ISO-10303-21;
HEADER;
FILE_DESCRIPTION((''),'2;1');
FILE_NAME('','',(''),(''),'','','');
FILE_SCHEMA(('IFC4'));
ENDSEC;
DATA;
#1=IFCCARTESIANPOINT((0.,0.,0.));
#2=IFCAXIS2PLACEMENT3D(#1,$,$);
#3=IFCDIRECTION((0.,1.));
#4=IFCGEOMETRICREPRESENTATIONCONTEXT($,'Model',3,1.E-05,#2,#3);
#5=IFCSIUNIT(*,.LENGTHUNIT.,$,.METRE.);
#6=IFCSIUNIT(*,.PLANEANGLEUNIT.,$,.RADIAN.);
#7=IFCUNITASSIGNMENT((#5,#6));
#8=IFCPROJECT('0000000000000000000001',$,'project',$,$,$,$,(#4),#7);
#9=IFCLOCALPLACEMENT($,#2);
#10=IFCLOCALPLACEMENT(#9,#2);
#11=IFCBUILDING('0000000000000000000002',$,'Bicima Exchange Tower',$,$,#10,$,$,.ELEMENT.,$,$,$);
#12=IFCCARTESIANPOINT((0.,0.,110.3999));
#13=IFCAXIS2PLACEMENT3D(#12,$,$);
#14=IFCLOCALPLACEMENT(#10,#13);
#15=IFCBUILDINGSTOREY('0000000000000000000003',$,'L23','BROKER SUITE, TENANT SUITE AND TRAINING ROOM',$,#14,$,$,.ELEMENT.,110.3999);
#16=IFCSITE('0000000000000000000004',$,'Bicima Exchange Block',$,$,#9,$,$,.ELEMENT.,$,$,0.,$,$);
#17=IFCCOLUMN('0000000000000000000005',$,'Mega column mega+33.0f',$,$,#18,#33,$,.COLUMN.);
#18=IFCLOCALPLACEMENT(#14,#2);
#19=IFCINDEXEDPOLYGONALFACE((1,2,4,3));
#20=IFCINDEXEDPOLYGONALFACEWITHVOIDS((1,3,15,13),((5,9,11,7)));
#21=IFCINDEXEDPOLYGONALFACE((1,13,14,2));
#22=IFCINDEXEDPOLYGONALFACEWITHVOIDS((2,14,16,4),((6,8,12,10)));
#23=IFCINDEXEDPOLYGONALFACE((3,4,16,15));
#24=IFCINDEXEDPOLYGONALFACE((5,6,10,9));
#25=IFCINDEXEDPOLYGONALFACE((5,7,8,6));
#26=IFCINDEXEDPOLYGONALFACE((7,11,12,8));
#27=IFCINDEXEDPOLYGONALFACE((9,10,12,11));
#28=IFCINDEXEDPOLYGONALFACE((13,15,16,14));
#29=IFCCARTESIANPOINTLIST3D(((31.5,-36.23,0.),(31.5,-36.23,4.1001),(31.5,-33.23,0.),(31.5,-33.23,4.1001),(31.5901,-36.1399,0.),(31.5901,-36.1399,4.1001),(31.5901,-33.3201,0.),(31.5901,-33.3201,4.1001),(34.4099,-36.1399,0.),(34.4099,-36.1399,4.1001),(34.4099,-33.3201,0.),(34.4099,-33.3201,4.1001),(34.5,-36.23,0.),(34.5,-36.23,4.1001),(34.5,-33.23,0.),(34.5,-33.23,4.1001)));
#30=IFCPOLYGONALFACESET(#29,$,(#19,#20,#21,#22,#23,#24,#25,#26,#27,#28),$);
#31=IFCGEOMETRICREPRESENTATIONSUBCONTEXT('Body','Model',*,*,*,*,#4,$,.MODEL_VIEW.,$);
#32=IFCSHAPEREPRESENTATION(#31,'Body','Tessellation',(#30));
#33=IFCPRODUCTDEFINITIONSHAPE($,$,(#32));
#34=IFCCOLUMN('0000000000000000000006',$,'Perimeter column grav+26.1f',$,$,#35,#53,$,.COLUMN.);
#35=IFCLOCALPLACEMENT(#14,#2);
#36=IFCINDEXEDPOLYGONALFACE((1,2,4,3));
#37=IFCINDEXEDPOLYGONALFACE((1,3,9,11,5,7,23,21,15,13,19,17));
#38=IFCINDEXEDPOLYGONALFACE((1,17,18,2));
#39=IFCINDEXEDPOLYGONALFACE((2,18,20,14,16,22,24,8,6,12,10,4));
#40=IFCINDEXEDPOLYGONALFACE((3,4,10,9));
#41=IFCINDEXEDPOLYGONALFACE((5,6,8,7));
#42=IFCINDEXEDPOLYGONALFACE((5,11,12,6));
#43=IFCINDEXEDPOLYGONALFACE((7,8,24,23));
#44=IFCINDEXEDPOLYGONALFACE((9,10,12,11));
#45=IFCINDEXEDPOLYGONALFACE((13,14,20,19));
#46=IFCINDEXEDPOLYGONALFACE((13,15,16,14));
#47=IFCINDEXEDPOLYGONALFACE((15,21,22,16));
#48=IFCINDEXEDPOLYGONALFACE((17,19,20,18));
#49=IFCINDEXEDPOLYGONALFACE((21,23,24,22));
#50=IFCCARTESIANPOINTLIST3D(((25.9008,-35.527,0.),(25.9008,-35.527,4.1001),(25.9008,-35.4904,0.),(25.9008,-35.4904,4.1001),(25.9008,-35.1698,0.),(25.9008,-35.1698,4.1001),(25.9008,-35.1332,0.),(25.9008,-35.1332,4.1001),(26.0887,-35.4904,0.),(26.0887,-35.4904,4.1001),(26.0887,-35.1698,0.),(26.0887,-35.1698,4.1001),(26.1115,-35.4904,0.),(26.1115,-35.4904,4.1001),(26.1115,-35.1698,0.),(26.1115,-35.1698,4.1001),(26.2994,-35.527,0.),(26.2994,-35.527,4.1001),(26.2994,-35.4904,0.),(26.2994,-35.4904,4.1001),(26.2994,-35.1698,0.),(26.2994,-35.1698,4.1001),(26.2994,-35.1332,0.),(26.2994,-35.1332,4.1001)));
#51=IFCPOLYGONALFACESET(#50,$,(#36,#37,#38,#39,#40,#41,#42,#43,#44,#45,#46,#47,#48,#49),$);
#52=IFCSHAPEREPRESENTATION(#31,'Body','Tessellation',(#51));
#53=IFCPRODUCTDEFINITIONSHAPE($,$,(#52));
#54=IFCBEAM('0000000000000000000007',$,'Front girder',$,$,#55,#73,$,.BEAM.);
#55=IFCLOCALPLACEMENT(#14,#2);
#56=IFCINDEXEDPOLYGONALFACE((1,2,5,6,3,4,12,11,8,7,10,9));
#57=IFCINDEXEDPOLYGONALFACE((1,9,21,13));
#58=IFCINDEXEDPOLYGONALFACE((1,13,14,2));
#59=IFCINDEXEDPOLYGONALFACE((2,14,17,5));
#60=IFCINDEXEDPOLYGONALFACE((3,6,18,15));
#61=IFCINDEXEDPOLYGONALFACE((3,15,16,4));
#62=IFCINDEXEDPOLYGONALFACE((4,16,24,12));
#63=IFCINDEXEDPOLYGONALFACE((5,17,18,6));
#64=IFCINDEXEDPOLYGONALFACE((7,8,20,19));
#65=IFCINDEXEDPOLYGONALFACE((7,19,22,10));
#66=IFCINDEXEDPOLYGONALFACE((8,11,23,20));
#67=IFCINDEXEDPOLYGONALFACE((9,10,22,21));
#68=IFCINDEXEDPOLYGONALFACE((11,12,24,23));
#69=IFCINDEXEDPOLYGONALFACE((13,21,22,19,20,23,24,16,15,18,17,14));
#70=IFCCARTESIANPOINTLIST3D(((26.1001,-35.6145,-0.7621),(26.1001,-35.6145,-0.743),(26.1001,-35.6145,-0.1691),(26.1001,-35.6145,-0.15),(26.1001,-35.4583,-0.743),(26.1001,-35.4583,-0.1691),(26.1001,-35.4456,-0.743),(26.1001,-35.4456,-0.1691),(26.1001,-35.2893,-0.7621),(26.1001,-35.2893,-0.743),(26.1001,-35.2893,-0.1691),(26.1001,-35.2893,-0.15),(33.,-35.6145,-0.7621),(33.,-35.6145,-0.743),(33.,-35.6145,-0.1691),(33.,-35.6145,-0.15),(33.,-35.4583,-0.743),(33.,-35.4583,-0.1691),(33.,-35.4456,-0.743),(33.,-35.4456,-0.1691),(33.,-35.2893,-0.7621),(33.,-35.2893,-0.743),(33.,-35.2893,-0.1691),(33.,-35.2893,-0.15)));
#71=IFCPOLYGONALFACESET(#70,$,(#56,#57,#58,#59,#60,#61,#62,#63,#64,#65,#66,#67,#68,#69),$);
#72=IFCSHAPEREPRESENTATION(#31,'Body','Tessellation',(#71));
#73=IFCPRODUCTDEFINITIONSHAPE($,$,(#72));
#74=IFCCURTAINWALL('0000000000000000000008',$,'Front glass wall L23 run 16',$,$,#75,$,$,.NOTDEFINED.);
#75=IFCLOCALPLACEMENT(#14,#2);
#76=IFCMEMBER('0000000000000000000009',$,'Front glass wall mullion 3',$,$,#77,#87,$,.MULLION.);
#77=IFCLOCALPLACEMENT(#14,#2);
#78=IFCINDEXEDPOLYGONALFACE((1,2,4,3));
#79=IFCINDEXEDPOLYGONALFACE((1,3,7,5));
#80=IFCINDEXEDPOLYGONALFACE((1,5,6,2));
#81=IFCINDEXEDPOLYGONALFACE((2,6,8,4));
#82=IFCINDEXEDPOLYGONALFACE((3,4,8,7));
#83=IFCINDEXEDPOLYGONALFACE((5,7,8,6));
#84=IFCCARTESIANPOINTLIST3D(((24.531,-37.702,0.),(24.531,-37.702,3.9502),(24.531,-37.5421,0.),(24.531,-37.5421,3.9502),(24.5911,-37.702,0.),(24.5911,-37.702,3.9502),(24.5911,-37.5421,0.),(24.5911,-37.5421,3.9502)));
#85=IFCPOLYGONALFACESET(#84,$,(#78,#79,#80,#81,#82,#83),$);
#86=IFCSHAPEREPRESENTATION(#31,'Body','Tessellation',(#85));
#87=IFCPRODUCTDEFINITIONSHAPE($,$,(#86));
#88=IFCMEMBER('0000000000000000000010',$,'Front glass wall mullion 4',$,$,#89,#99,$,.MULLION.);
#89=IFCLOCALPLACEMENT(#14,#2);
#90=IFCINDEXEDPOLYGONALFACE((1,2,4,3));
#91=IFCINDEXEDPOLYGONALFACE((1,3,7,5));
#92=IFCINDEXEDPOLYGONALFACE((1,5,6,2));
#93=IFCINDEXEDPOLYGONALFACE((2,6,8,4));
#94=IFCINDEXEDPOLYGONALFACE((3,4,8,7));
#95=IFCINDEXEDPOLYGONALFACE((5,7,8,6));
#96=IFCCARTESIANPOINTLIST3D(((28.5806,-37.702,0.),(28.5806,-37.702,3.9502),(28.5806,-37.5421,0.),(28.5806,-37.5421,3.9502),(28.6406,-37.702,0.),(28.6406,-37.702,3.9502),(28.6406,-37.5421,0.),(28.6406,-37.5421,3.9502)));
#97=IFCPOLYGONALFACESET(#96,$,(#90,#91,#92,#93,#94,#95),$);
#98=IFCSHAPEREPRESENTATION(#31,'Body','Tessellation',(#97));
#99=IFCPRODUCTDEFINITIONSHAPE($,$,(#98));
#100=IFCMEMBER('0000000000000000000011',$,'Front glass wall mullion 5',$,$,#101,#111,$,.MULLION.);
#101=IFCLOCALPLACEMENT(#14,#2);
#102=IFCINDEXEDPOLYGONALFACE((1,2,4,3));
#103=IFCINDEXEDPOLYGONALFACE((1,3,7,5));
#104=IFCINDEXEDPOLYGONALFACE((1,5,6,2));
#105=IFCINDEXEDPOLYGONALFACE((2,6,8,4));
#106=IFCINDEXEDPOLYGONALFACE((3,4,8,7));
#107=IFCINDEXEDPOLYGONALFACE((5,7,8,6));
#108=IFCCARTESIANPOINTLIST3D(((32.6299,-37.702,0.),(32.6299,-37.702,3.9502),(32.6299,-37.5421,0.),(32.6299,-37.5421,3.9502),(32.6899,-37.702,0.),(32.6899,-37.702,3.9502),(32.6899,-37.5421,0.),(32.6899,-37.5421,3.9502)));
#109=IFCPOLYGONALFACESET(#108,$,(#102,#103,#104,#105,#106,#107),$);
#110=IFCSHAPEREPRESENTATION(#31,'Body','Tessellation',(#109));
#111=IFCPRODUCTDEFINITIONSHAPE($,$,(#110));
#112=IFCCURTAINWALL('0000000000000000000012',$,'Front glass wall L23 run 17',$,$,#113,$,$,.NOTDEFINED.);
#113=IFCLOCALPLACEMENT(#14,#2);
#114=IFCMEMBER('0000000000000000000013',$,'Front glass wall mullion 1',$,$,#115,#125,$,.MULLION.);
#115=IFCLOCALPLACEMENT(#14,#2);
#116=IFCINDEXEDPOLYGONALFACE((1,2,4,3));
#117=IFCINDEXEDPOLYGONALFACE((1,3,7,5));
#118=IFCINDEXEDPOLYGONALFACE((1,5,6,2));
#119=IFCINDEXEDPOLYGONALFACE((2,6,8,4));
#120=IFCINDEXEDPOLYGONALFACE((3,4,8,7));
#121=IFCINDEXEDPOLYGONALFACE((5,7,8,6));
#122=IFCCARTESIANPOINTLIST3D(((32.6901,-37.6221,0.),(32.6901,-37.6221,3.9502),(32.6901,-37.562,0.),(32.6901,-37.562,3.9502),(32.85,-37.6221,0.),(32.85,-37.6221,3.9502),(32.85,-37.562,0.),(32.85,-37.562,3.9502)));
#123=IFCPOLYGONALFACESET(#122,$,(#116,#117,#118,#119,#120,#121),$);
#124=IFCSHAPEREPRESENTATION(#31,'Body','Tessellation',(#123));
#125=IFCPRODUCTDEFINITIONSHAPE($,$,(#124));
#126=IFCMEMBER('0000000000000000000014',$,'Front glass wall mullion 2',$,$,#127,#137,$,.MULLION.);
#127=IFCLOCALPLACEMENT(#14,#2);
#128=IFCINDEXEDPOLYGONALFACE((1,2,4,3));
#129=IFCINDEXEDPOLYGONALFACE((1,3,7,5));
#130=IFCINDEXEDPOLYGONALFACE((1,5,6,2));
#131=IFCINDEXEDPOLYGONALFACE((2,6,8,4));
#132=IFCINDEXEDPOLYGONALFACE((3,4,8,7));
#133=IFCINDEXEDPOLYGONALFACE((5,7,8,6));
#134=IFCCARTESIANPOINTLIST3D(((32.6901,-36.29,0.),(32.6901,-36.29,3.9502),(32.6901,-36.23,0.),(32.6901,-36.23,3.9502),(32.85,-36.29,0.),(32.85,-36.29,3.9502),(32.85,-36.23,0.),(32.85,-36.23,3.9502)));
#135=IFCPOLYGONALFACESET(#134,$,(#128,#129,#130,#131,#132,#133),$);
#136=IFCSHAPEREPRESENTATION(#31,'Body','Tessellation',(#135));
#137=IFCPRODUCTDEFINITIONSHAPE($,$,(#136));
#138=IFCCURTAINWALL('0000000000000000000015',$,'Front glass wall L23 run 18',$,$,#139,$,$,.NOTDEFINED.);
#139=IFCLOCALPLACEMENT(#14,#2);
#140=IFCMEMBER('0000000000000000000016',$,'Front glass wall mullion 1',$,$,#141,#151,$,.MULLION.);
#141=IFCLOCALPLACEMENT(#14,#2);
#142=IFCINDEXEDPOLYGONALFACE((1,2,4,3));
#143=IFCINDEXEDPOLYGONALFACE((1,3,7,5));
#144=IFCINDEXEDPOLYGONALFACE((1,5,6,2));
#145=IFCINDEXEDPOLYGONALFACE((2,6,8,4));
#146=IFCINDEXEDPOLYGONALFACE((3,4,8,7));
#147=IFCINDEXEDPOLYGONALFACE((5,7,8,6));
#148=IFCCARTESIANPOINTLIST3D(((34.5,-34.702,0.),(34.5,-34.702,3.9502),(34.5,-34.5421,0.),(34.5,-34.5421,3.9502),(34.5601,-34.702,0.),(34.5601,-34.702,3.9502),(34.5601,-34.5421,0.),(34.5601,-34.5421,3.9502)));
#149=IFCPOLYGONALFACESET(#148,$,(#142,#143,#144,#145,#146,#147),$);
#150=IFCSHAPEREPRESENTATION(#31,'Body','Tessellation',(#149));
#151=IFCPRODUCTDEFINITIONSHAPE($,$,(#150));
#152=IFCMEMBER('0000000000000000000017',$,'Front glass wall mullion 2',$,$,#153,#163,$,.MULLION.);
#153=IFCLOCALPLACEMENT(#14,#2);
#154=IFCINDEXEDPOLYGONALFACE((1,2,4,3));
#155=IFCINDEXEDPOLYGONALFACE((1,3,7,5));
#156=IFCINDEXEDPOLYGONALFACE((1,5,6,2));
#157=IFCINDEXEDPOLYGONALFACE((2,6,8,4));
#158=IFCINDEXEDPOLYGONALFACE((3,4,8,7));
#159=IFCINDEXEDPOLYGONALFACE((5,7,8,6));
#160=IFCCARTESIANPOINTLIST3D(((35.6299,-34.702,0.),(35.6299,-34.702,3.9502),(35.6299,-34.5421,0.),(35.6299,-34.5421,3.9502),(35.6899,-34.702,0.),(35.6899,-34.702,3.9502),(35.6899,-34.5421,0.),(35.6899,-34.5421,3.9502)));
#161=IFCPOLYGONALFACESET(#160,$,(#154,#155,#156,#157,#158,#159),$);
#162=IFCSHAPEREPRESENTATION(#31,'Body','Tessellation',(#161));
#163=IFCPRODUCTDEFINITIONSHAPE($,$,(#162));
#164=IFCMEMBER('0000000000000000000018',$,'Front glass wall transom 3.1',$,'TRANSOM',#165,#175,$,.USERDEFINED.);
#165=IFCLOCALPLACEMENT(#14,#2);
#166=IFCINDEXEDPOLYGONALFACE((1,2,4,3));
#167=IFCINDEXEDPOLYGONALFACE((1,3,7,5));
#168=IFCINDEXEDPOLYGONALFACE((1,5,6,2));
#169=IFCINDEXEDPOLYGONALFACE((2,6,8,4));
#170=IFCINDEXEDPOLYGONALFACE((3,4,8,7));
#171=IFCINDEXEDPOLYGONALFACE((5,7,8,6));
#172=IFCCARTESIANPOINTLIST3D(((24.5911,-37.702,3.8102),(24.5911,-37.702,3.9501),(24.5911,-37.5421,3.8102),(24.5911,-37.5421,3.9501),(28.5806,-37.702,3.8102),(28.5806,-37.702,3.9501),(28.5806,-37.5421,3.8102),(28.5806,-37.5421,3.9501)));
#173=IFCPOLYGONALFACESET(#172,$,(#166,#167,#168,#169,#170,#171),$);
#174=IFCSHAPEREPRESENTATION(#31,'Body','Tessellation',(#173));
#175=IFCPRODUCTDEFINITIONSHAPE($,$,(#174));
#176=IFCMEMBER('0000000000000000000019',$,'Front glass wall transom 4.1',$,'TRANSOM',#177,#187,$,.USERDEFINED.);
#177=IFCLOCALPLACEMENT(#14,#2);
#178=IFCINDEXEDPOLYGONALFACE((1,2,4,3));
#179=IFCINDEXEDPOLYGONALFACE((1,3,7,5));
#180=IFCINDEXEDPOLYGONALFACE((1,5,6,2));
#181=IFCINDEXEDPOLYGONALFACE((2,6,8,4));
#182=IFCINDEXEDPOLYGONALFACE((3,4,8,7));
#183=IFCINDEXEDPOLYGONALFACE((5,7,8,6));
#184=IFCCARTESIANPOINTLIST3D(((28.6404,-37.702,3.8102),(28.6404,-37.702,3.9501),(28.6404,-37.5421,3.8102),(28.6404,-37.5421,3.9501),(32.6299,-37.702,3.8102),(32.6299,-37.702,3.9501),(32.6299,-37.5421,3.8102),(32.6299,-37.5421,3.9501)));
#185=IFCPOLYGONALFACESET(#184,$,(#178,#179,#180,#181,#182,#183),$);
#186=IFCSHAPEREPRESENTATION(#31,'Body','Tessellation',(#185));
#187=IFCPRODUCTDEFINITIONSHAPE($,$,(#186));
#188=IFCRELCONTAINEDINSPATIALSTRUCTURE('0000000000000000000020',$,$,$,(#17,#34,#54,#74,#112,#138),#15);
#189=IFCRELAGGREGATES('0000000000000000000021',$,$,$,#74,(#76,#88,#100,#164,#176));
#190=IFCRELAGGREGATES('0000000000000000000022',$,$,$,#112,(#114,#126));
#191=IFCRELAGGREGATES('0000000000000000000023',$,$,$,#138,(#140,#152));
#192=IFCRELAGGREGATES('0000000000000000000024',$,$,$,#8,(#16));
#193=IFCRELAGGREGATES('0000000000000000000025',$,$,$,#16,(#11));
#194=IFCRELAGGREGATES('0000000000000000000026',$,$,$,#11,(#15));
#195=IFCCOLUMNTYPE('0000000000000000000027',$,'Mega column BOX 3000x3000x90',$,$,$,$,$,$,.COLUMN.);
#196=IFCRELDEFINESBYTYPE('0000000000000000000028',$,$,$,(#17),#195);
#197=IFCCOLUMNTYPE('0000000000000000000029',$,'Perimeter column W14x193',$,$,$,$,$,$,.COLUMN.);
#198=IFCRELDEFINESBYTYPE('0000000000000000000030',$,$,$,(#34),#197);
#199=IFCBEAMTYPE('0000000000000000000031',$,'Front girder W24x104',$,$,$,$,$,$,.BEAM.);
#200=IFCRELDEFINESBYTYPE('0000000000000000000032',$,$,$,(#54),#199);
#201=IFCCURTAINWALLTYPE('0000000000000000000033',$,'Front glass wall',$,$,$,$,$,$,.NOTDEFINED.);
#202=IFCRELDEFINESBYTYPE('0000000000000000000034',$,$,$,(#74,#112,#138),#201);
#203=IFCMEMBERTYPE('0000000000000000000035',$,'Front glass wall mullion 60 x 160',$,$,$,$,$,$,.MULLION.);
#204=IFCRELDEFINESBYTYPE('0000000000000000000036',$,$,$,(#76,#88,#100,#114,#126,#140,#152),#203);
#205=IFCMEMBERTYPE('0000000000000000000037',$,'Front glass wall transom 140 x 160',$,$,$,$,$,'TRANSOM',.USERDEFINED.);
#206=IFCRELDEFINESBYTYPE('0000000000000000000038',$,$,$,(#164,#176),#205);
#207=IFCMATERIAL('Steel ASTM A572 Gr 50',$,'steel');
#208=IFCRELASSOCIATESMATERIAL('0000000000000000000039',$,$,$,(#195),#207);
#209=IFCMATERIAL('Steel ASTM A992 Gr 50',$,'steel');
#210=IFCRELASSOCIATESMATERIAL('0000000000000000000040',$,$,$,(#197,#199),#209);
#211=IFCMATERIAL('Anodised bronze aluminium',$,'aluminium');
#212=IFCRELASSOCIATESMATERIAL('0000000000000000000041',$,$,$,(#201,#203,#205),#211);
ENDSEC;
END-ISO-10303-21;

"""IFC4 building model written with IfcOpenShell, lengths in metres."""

from ifc_helpers import new_model, si_unit, direction, frame, origin, origin_2d, place, context, subcontext, project, spatial, rectangle, hollow_rectangle, i_section, extrude, material, material_profile, profile_set, type_object, element, aggregate, save


model = new_model("IFC4")

# Units and contexts
model_context = context("Model", 3, precision=1e-05, world=origin(), true_north=direction((0.0, 1.0)))
body_context = subcontext(model_context, "Body", "Model", "MODEL_VIEW")
ifc_project = project(units=[si_unit("LENGTHUNIT", "METRE"), si_unit("PLANEANGLEUNIT", "RADIAN")], contexts=[model_context])

# Site, building, storey
site_placement = place(None, origin())
site = spatial("IfcSite", under=ifc_project, at=site_placement, Name="Bicima Exchange Block", CompositionType="ELEMENT", RefElevation=0.0)
building_placement = place(site_placement, origin())
building = spatial("IfcBuilding", under=site, at=building_placement, Name="Bicima Exchange Tower", CompositionType="ELEMENT")
storey_placement = place(building_placement, frame((0.0, 0.0, 110.3999)))
storey = spatial("IfcBuildingStorey", under=building, at=storey_placement, Name="L23", Description="BROKER SUITE, TENANT SUITE AND TRAINING ROOM", CompositionType="ELEMENT", Elevation=110.3999)

# Columns
ifc_material_1 = material(Name="Steel ASTM A572 Gr 50", Category="steel")
ifc_material_profile_1 = material_profile(ifc_material_1, hollow_rectangle(XDim=3.0, YDim=3.0, WallThickness=0.0901, at=origin_2d()))
ifc_profile_set_1 = profile_set([ifc_material_profile_1], Name="Steel ASTM A572 Gr 50")
column_type_1 = type_object("IfcColumnType", Name="Mega column BOX 3000x3000x90", PredefinedType="COLUMN", material=ifc_profile_set_1)
column_1_placement = place(storey_placement, frame((33.0, -34.73, 0.0), z_axis=(0.0, 0.0, 1.0), x_axis=(1.0, 0.0, 0.0)))
element("IfcColumn", 1, at=column_1_placement, inside=storey, type_object=column_type_1, Name="Mega column mega+33.0f", PredefinedType="COLUMN", context=body_context, shape_type="SweptSolid", body=[
    extrude(hollow_rectangle(XDim=3.0, YDim=3.0, WallThickness=0.0901, at=origin_2d()), origin(), (0.0, 0.0, 1.0), 4.1001),
])
ifc_material_2 = material(Name="Steel ASTM A992 Gr 50", Category="steel")
ifc_material_profile_2 = material_profile(ifc_material_2, i_section(OverallWidth=0.3987, OverallDepth=0.3938, WebThickness=0.0227, FlangeThickness=0.0366, at=origin_2d()))
ifc_profile_set_2 = profile_set([ifc_material_profile_2], Name="Steel ASTM A992 Gr 50")
column_type_2 = type_object("IfcColumnType", Name="Perimeter column W14x193", PredefinedType="COLUMN", material=ifc_profile_set_2)
column_2_placement = place(storey_placement, frame((26.1001, -35.3301, 0.0), z_axis=(0.0, 0.0, 1.0), x_axis=(1.0, 0.0, 0.0)))
element("IfcColumn", 2, at=column_2_placement, inside=storey, type_object=column_type_2, Name="Perimeter column grav+26.1f", PredefinedType="COLUMN", context=body_context, shape_type="SweptSolid", body=[
    extrude(i_section(OverallWidth=0.3987, OverallDepth=0.3938, WebThickness=0.0227, FlangeThickness=0.0366, at=origin_2d()), origin(), (0.0, 0.0, 1.0), 4.1001),
])

# Beam
ifc_material_profile_3 = material_profile(ifc_material_2, i_section(OverallWidth=0.3252, OverallDepth=0.6121, WebThickness=0.0127, FlangeThickness=0.019, at=origin_2d()))
ifc_profile_set_3 = profile_set([ifc_material_profile_3], Name="Steel ASTM A992 Gr 50")
beam_type = type_object("IfcBeamType", Name="Front girder W24x104", PredefinedType="BEAM", material=ifc_profile_set_3)
beam_placement = place(storey_placement, frame((26.1001, -35.4519, -0.4561), z_axis=(1.0, 0.0, 0.0), x_axis=(0.0, 1.0, 0.0)))
element("IfcBeam", 3, at=beam_placement, inside=storey, type_object=beam_type, Name="Front girder", PredefinedType="BEAM", context=body_context, shape_type="SweptSolid", body=[
    extrude(i_section(OverallWidth=0.3252, OverallDepth=0.6121, WebThickness=0.0127, FlangeThickness=0.019, at=origin_2d()), origin(), (0.0, 0.0, 1.0), 6.8999),
])

# Curtain walls, members
ifc_material_3 = material(Name="Anodised bronze aluminium", Category="aluminium")
curtain_wall_type = type_object("IfcCurtainWallType", Name="Front glass wall", PredefinedType="NOTDEFINED", material=ifc_material_3)
curtain_wall_1_placement = place(storey_placement, origin())
curtain_wall_1 = element("IfcCurtainWall", 4, at=curtain_wall_1_placement, inside=storey, type_object=curtain_wall_type, Name="Front glass wall L23 run 16", PredefinedType="NOTDEFINED")
ifc_material_profile_4 = material_profile(ifc_material_3, rectangle(XDim=0.1599, YDim=0.0601, at=origin_2d()))
ifc_profile_set_4 = profile_set([ifc_material_profile_4], Name="Anodised bronze aluminium")
member_type_1 = type_object("IfcMemberType", Name="Front glass wall mullion 60 x 160", PredefinedType="MULLION", material=ifc_profile_set_4)
member_1_placement = place(storey_placement, frame((24.561, -37.6221, 0.0), z_axis=(0.0, 0.0, 1.0), x_axis=(0.0, 1.0, 0.0)))
member_1 = element("IfcMember", 5, at=member_1_placement, type_object=member_type_1, Name="Front glass wall mullion 3", PredefinedType="MULLION", context=body_context, shape_type="SweptSolid", body=[
    extrude(rectangle(XDim=0.1599, YDim=0.0601, at=origin_2d()), origin(), (0.0, 0.0, 1.0), 3.9502),
])
member_2_placement = place(storey_placement, frame((28.6106, -37.6221, 0.0), z_axis=(0.0, 0.0, 1.0), x_axis=(0.0, 1.0, 0.0)))
member_2 = element("IfcMember", 6, at=member_2_placement, type_object=member_type_1, Name="Front glass wall mullion 4", PredefinedType="MULLION", context=body_context, shape_type="SweptSolid", body=[
    extrude(rectangle(XDim=0.1599, YDim=0.0601, at=origin_2d()), origin(), (0.0, 0.0, 1.0), 3.9502),
])
member_3_placement = place(storey_placement, frame((32.6599, -37.6221, 0.0), z_axis=(0.0, 0.0, 1.0), x_axis=(0.0, 1.0, 0.0)))
member_3 = element("IfcMember", 7, at=member_3_placement, type_object=member_type_1, Name="Front glass wall mullion 5", PredefinedType="MULLION", context=body_context, shape_type="SweptSolid", body=[
    extrude(rectangle(XDim=0.1599, YDim=0.0601, at=origin_2d()), origin(), (0.0, 0.0, 1.0), 3.9502),
])
curtain_wall_2_placement = place(storey_placement, origin())
curtain_wall_2 = element("IfcCurtainWall", 8, at=curtain_wall_2_placement, inside=storey, type_object=curtain_wall_type, Name="Front glass wall L23 run 17", PredefinedType="NOTDEFINED")
member_4_placement = place(storey_placement, frame((32.77, -37.592, 0.0), z_axis=(0.0, 0.0, 1.0), x_axis=(-1.0, 0.0, 0.0)))
member_4 = element("IfcMember", 9, at=member_4_placement, type_object=member_type_1, Name="Front glass wall mullion 1", PredefinedType="MULLION", context=body_context, shape_type="SweptSolid", body=[
    extrude(rectangle(XDim=0.1599, YDim=0.0601, at=origin_2d()), origin(), (0.0, 0.0, 1.0), 3.9502),
])
member_5_placement = place(storey_placement, frame((32.77, -36.26, 0.0), z_axis=(0.0, 0.0, 1.0), x_axis=(-1.0, 0.0, 0.0)))
member_5 = element("IfcMember", 10, at=member_5_placement, type_object=member_type_1, Name="Front glass wall mullion 2", PredefinedType="MULLION", context=body_context, shape_type="SweptSolid", body=[
    extrude(rectangle(XDim=0.1599, YDim=0.0601, at=origin_2d()), origin(), (0.0, 0.0, 1.0), 3.9502),
])
curtain_wall_3_placement = place(storey_placement, origin())
curtain_wall_3 = element("IfcCurtainWall", 11, at=curtain_wall_3_placement, inside=storey, type_object=curtain_wall_type, Name="Front glass wall L23 run 18", PredefinedType="NOTDEFINED")
member_6_placement = place(storey_placement, frame((34.53, -34.6221, 0.0), z_axis=(0.0, 0.0, 1.0), x_axis=(0.0, 1.0, 0.0)))
member_6 = element("IfcMember", 12, at=member_6_placement, type_object=member_type_1, Name="Front glass wall mullion 1", PredefinedType="MULLION", context=body_context, shape_type="SweptSolid", body=[
    extrude(rectangle(XDim=0.1599, YDim=0.0601, at=origin_2d()), origin(), (0.0, 0.0, 1.0), 3.9502),
])
member_7_placement = place(storey_placement, frame((35.6599, -34.6221, 0.0), z_axis=(0.0, 0.0, 1.0), x_axis=(0.0, 1.0, 0.0)))
member_7 = element("IfcMember", 13, at=member_7_placement, type_object=member_type_1, Name="Front glass wall mullion 2", PredefinedType="MULLION", context=body_context, shape_type="SweptSolid", body=[
    extrude(rectangle(XDim=0.1599, YDim=0.0601, at=origin_2d()), origin(), (0.0, 0.0, 1.0), 3.9502),
])

# Members
ifc_material_profile_5 = material_profile(ifc_material_3, rectangle(XDim=0.1599, YDim=0.1399, at=origin_2d()))
ifc_profile_set_5 = profile_set([ifc_material_profile_5], Name="Anodised bronze aluminium")
member_type_2 = type_object("IfcMemberType", Name="Front glass wall transom 140 x 160", ElementType="TRANSOM", PredefinedType="USERDEFINED", material=ifc_profile_set_5)
member_8_placement = place(storey_placement, frame((24.5911, -37.6221, 3.8801), z_axis=(1.0, 0.0, 0.0), x_axis=(0.0, 1.0, 0.0)))
member_8 = element("IfcMember", 14, at=member_8_placement, type_object=member_type_2, Name="Front glass wall transom 3.1", ObjectType="TRANSOM", PredefinedType="USERDEFINED", context=body_context, shape_type="SweptSolid", body=[
    extrude(rectangle(XDim=0.1599, YDim=0.1399, at=origin_2d()), origin(), (0.0, 0.0, 1.0), 3.9895),
])
member_9_placement = place(storey_placement, frame((28.6404, -37.6221, 3.8801), z_axis=(1.0, 0.0, 0.0), x_axis=(0.0, 1.0, 0.0)))
member_9 = element("IfcMember", 15, at=member_9_placement, type_object=member_type_2, Name="Front glass wall transom 4.1", ObjectType="TRANSOM", PredefinedType="USERDEFINED", context=body_context, shape_type="SweptSolid", body=[
    extrude(rectangle(XDim=0.1599, YDim=0.1399, at=origin_2d()), origin(), (0.0, 0.0, 1.0), 3.9895),
])

aggregate(curtain_wall_1, [member_1, member_2, member_3, member_8, member_9])
aggregate(curtain_wall_2, [member_4, member_5])
aggregate(curtain_wall_3, [member_6, member_7])

save(model, "model.ifc")
